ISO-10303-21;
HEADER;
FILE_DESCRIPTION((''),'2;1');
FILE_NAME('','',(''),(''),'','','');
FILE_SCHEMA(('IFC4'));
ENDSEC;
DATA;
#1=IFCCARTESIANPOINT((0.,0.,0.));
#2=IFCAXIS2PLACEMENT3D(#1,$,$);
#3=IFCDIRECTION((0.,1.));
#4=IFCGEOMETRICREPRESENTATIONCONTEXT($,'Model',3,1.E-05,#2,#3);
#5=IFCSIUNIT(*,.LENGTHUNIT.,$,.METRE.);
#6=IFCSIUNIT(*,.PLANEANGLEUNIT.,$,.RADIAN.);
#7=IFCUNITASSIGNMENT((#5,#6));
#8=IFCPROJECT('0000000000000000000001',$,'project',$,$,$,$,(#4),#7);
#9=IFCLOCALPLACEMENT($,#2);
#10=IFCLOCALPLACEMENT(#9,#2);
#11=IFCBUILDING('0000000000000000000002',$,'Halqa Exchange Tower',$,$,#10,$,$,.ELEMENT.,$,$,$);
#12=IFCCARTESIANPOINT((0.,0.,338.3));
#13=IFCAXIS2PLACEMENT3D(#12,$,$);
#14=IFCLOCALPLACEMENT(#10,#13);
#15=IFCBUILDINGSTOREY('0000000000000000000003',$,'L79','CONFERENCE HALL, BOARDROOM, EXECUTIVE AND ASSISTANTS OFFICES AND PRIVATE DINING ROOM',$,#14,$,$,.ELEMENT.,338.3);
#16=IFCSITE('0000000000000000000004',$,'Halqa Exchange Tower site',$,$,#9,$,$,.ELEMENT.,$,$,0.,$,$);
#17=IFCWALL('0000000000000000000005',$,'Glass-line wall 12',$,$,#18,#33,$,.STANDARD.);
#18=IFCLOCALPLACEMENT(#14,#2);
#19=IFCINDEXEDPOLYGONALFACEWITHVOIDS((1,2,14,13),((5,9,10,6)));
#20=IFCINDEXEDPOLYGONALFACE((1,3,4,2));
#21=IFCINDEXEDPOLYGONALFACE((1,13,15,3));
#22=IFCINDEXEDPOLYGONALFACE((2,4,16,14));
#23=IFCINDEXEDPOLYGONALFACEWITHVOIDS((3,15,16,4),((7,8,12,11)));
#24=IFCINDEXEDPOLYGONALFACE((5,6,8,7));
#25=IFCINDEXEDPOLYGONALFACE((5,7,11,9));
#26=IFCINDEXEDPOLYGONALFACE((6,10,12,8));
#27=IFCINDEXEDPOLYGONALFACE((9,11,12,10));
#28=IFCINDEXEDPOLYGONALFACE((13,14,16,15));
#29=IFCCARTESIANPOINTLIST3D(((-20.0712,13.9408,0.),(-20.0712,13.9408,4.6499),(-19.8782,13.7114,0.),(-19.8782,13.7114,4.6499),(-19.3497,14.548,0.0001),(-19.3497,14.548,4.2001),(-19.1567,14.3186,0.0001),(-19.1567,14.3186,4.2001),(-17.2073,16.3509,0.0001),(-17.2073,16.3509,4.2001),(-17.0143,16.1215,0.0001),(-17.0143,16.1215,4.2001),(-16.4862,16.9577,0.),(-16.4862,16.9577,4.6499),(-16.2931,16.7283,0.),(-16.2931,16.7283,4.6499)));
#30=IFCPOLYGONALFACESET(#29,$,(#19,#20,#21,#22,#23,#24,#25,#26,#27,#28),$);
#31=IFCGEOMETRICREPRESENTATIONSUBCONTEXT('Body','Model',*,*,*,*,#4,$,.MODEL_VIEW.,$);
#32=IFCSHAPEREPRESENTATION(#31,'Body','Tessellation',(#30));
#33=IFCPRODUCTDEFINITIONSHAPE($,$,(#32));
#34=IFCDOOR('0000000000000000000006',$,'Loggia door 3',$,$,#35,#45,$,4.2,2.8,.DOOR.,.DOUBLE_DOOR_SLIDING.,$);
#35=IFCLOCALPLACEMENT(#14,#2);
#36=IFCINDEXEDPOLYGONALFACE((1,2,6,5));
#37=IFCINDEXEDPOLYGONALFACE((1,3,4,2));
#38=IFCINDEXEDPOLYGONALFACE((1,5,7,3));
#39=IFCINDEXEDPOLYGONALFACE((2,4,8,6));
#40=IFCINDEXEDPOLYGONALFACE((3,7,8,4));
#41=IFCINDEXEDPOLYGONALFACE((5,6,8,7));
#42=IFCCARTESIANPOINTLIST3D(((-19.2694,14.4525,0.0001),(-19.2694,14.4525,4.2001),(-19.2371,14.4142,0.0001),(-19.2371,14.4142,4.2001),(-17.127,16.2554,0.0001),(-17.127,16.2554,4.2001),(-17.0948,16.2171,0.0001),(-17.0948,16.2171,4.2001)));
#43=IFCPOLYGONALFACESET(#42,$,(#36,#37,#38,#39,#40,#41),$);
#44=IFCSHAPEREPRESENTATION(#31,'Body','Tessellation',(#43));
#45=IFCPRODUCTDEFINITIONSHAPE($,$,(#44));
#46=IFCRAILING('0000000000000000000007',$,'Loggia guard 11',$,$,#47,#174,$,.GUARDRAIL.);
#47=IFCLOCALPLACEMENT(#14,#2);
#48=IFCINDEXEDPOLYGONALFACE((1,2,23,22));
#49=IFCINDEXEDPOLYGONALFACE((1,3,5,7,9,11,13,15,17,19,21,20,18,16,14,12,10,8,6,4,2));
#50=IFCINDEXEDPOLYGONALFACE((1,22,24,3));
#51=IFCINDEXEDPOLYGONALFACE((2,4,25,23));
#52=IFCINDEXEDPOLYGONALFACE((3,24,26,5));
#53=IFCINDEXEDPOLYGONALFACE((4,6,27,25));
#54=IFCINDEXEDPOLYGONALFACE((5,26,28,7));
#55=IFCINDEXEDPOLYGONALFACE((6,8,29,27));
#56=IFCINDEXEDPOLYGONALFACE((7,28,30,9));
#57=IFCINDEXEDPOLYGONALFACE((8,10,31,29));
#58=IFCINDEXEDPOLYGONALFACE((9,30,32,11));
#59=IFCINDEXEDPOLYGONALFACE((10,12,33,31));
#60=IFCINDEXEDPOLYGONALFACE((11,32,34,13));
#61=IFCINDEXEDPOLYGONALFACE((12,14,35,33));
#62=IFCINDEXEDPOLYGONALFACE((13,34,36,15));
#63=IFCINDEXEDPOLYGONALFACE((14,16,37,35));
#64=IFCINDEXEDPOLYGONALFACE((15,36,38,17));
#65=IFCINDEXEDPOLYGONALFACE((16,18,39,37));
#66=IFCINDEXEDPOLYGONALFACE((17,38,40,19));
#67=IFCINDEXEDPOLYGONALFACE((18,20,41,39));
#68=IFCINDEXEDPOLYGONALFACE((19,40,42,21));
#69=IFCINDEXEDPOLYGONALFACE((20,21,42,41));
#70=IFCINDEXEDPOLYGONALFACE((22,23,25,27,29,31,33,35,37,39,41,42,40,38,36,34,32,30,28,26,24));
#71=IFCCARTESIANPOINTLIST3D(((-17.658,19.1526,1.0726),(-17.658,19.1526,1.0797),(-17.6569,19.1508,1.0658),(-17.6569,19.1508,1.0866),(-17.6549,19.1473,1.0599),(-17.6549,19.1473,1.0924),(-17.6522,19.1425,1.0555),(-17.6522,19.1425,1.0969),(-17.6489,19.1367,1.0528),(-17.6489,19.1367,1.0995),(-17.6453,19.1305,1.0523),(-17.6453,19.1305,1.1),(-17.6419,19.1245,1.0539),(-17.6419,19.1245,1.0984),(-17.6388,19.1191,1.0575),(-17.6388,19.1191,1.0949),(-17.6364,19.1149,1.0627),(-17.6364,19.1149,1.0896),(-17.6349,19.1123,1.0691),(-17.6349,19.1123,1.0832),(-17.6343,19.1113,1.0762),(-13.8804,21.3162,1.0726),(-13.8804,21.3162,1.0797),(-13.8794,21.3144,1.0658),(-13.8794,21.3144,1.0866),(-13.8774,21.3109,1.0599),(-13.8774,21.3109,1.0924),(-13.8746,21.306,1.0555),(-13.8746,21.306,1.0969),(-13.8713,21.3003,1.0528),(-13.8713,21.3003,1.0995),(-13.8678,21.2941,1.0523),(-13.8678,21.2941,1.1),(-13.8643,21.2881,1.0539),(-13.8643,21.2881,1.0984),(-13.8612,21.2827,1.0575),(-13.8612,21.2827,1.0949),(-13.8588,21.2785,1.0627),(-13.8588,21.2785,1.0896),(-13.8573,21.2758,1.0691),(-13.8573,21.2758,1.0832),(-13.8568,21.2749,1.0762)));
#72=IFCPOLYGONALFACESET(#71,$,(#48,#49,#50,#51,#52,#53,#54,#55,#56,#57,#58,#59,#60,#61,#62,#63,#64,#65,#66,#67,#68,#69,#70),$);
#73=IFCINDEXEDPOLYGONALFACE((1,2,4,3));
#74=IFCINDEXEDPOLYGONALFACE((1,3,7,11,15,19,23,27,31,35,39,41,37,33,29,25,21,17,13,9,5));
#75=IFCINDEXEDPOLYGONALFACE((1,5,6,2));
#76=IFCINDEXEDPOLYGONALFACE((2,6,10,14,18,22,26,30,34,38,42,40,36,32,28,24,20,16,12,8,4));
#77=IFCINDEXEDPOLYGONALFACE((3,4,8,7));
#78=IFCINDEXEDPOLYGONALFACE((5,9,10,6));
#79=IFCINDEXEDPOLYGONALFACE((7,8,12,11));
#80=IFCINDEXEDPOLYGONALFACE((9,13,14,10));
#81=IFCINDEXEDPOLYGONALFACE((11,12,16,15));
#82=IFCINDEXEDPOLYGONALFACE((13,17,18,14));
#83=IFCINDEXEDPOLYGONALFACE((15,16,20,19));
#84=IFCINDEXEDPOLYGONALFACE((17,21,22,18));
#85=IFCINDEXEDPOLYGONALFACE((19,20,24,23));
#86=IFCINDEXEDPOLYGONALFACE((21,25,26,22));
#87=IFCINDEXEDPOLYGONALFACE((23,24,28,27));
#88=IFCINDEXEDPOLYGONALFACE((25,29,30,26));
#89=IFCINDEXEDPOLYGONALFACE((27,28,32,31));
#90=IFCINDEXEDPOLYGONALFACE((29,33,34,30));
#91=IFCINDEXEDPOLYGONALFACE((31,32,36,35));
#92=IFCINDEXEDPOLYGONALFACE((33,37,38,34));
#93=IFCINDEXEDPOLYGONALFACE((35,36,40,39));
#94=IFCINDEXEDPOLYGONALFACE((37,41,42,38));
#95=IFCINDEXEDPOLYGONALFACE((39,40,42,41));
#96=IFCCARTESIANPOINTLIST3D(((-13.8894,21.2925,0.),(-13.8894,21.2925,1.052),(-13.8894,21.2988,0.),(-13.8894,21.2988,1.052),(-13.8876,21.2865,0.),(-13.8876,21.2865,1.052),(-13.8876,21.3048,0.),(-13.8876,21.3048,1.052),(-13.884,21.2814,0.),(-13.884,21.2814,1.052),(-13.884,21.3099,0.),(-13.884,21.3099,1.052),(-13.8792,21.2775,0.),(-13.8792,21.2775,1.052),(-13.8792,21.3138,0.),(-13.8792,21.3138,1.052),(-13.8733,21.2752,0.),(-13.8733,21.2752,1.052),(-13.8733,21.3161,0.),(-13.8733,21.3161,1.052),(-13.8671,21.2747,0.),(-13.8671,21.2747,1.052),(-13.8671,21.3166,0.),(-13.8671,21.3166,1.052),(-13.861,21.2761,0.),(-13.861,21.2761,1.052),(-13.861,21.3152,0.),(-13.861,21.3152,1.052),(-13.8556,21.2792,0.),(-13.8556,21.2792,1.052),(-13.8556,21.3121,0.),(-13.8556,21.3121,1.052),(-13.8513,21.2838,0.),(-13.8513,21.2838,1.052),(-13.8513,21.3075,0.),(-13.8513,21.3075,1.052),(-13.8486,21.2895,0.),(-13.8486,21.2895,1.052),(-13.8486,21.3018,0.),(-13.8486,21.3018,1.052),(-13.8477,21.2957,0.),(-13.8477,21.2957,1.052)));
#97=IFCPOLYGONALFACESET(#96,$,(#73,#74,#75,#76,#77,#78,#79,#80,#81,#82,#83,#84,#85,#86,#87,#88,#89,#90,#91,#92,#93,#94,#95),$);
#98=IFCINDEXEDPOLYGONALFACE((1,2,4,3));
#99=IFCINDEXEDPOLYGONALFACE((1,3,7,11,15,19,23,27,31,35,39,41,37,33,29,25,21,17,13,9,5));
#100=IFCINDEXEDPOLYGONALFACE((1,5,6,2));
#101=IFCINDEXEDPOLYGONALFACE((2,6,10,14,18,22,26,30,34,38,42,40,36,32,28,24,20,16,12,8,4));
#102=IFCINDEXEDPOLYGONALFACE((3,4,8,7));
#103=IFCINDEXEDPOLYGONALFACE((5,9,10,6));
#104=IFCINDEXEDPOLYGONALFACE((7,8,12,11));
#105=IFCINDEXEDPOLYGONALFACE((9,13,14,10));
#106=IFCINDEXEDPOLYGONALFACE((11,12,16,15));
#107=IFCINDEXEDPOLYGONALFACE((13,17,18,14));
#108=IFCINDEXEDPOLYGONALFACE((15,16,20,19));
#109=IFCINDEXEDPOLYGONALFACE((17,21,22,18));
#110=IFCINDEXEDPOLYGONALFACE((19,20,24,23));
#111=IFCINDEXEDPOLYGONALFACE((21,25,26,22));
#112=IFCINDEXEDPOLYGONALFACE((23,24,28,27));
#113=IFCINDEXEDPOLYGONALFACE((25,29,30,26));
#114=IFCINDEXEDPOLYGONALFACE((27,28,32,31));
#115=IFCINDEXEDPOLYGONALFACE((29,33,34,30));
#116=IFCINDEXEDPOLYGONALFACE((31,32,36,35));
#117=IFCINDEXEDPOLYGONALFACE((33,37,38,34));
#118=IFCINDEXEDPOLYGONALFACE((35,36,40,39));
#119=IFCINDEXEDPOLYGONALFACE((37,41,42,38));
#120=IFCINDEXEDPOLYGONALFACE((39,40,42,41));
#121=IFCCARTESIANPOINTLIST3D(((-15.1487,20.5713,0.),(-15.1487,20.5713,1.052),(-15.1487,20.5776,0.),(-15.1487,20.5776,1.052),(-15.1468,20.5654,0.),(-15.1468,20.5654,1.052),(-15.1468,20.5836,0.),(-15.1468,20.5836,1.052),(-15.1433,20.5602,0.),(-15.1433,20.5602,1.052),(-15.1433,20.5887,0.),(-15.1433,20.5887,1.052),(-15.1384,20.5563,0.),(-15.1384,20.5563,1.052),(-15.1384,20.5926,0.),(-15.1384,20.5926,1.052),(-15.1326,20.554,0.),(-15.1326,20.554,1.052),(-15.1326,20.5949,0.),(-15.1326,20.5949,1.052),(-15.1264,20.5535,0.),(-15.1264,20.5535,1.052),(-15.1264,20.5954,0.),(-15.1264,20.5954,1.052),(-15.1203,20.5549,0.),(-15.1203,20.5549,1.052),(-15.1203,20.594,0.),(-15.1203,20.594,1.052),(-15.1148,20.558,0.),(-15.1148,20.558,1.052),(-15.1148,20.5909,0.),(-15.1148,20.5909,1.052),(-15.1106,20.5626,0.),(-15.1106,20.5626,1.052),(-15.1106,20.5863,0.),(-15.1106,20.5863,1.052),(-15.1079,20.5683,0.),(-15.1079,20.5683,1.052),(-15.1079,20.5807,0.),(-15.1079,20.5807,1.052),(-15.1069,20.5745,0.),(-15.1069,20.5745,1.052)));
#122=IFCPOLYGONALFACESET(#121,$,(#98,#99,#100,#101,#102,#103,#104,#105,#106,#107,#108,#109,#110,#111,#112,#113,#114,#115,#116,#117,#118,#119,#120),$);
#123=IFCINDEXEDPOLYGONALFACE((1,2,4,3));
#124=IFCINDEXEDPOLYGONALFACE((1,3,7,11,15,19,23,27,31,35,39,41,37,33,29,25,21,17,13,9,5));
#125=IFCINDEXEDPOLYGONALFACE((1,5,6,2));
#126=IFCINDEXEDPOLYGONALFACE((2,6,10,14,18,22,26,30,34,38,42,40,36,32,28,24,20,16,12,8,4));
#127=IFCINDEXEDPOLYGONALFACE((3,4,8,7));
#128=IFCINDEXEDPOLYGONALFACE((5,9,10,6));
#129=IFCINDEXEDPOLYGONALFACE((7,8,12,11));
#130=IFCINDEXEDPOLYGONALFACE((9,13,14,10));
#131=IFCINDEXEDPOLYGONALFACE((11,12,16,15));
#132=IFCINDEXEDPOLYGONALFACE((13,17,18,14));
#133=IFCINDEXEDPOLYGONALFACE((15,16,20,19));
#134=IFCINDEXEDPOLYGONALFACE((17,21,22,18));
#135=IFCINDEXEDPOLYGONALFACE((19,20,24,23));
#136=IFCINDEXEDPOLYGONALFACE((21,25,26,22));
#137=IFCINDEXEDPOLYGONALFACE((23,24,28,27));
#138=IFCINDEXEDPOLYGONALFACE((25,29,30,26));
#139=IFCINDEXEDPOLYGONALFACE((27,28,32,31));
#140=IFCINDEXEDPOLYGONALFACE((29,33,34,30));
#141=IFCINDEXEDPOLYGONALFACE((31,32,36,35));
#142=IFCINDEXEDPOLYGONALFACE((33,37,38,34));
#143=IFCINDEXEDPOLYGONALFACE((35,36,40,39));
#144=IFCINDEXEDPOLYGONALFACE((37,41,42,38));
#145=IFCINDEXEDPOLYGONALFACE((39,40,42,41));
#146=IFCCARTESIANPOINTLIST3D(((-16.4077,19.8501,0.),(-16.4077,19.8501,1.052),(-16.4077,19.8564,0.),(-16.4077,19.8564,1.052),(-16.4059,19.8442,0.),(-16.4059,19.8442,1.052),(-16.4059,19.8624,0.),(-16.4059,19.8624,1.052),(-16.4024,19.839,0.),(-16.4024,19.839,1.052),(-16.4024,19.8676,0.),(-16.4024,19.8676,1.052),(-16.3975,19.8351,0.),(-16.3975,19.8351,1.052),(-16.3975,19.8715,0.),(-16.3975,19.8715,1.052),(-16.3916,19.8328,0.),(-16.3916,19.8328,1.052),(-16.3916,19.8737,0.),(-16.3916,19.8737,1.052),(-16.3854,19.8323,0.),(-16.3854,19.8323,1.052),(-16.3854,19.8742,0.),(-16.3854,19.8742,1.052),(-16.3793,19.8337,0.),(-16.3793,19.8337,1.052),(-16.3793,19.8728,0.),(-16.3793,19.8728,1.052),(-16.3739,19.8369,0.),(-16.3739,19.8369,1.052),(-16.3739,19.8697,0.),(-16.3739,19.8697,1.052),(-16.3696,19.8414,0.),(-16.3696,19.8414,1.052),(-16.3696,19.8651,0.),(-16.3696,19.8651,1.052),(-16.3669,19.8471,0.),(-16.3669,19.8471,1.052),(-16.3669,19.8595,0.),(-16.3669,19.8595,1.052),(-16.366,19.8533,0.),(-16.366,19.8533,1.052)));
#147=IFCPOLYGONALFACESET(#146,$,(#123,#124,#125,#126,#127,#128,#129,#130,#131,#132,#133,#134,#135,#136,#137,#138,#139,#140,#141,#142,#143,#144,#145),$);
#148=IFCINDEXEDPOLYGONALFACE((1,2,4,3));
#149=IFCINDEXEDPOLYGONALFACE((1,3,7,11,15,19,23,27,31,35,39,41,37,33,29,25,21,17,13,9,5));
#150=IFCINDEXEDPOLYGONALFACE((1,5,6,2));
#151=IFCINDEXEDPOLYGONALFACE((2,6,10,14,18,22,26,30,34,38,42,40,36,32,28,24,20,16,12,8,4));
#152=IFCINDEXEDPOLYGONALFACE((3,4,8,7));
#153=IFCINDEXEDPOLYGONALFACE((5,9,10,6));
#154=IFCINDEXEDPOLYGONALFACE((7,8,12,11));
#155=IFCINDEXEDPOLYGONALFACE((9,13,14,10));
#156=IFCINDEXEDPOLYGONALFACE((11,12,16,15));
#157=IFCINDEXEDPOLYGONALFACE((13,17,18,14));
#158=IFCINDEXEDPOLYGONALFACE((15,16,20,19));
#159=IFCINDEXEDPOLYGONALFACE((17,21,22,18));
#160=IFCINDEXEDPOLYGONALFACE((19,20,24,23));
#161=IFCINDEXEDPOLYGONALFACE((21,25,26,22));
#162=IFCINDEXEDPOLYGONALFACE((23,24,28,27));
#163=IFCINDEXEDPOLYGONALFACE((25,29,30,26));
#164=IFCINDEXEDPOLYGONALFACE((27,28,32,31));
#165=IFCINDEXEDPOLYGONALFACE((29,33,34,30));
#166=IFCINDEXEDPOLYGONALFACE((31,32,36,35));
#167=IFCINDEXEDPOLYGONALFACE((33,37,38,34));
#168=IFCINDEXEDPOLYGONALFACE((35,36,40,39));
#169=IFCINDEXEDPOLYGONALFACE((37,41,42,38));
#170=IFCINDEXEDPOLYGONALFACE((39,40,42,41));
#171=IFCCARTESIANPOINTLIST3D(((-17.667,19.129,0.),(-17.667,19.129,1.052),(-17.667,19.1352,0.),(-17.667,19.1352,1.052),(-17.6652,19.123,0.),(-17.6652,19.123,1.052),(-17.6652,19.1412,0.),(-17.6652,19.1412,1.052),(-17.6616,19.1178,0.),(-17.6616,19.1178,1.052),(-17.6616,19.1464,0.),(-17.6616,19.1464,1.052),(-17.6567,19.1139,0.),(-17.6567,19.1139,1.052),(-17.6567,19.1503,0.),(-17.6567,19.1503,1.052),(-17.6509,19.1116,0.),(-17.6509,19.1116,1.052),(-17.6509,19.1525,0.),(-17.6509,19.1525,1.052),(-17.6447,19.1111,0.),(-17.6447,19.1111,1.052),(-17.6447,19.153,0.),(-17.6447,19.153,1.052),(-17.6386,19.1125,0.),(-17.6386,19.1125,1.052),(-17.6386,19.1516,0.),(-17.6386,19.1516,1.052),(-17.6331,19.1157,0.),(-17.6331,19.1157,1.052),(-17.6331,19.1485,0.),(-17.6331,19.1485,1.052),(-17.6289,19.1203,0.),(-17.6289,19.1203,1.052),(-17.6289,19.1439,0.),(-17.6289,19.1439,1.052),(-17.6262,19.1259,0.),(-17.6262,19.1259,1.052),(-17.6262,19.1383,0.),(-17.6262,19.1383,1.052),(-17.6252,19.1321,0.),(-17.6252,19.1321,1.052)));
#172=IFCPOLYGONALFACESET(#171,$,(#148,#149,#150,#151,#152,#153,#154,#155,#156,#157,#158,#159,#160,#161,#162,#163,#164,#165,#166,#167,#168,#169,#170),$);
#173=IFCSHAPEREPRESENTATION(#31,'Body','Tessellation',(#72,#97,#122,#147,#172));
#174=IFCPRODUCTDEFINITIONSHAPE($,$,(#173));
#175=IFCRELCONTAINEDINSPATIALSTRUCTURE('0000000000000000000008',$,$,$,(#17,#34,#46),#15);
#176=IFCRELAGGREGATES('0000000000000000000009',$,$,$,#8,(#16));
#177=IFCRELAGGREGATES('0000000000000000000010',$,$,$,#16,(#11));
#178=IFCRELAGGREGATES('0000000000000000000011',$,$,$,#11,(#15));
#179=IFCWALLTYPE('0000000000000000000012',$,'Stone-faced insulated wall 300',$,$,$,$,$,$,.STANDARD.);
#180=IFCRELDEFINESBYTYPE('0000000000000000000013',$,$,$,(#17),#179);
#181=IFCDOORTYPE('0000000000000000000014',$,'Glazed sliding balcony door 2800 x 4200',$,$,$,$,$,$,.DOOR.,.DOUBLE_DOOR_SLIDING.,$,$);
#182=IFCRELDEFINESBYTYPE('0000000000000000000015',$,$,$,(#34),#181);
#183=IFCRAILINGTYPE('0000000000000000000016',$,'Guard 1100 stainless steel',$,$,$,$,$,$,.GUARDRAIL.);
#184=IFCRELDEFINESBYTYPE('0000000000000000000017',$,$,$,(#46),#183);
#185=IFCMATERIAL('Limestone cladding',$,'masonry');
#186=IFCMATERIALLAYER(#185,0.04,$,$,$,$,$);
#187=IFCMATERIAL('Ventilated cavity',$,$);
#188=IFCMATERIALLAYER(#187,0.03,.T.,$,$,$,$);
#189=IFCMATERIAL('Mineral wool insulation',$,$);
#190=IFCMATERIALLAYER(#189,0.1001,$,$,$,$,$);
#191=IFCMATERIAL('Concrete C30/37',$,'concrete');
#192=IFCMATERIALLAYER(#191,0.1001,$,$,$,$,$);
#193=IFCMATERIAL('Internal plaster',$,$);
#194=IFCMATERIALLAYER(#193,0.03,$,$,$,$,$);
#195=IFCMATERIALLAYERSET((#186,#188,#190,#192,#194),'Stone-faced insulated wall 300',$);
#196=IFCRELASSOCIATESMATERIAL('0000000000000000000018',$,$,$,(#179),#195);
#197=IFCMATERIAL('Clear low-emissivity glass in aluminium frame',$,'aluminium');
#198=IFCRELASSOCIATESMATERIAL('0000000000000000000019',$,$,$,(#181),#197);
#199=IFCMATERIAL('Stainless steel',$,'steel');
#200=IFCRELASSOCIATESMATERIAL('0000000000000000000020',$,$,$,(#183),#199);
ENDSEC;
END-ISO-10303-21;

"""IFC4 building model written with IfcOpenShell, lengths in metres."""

from ifc_helpers import new_model, si_unit, direction, frame, frame_2d, origin, origin_2d, place, context, subcontext, project, spatial, polyline, rectangle, circle, outline, extrude, material, layer, layer_set, type_object, element, fill, save


model = new_model("IFC4")

# Units and contexts
model_context = context("Model", 3, precision=1e-05, world=origin(), true_north=direction((0.0, 1.0)))
body_context = subcontext(model_context, "Body", "Model", "MODEL_VIEW")
ifc_project = project(units=[si_unit("LENGTHUNIT", "METRE"), si_unit("PLANEANGLEUNIT", "RADIAN")], contexts=[model_context])

# Site, building, storey
site_placement = place(None, origin())
site = spatial("IfcSite", under=ifc_project, at=site_placement, Name="Halqa Exchange Tower site", CompositionType="ELEMENT", RefElevation=0.0)
building_placement = place(site_placement, origin())
building = spatial("IfcBuilding", under=site, at=building_placement, Name="Halqa Exchange Tower", CompositionType="ELEMENT")
storey_placement = place(building_placement, frame((0.0, 0.0, 338.3)))
storey = spatial("IfcBuildingStorey", under=building, at=storey_placement, Name="L79", Description="CONFERENCE HALL, BOARDROOM, EXECUTIVE AND ASSISTANTS OFFICES AND PRIVATE DINING ROOM", CompositionType="ELEMENT", Elevation=338.3)

# Wall, opening, door
ifc_material_1 = material(Name="Limestone cladding", Category="masonry")
ifc_layer_1 = layer(ifc_material_1, 0.04)
ifc_material_2 = material(Name="Ventilated cavity")
ifc_layer_2 = layer(ifc_material_2, 0.03, ventilated=True)
ifc_material_3 = material(Name="Mineral wool insulation")
ifc_layer_3 = layer(ifc_material_3, 0.1001)
ifc_material_4 = material(Name="Concrete C30/37", Category="concrete")
ifc_layer_4 = layer(ifc_material_4, 0.1001)
ifc_material_5 = material(Name="Internal plaster")
ifc_layer_5 = layer(ifc_material_5, 0.03)
ifc_layer_set_1 = layer_set([ifc_layer_1, ifc_layer_2, ifc_layer_3, ifc_layer_4, ifc_layer_5], Name="Stone-faced insulated wall 300")
wall_type_1 = type_object("IfcWallType", Name="Stone-faced insulated wall 300", PredefinedType="STANDARD", material=ifc_layer_set_1)
wall_1_placement = place(storey_placement, frame((-16.3896, 16.843, 0.0), z_axis=(0.0, 0.0, 1.0), x_axis=(-0.765129, -0.643877, 0.0)))
wall_1 = element("IfcWall", 1, at=wall_1_placement, inside=storey, type_object=wall_type_1, Name="Glass-line wall 12", PredefinedType="STANDARD", context=body_context, shape_type="SweptSolid", body=[
    extrude(outline(polyline([(0.0, -0.1499), (4.6855, -0.1499), (4.6855, 0.1499), (0.0, 0.1499), (0.0, -0.1499)])), origin(), (0.0, 0.0, 1.0), 4.6499),
])
opening_1_placement = place(wall_1_placement, frame((0.9426, 0.0, 0.0)))
opening_1 = element("IfcOpeningElement", 2, at=opening_1_placement, cuts=wall_1, PredefinedType="OPENING", context=body_context, shape_type="SweptSolid", body=[
    extrude(rectangle(XDim=2.8, YDim=4.2, at=frame_2d((1.3999, 2.1001))), frame((0.0, 0.1621, 0.0), z_axis=(0.0, -1.0, 0.0), x_axis=(1.0, 0.0, 0.0)), (0.0, 0.0, 1.0), 0.324),
])
ifc_material_6 = material(Name="Clear low-emissivity glass in aluminium frame", Category="aluminium")
door_type_1 = type_object("IfcDoorType", Name="Glazed sliding balcony door 2800 x 4200", OperationType="DOUBLE_DOOR_SLIDING", PredefinedType="DOOR", material=ifc_material_6)
door_1_placement = place(opening_1_placement, origin())
door_1 = element("IfcDoor", 3, at=door_1_placement, inside=storey, type_object=door_type_1, Name="Loggia door 3", OperationType="DOUBLE_DOOR_SLIDING", OverallHeight=4.2, OverallWidth=2.8, PredefinedType="DOOR", context=body_context, shape_type="SweptSolid", body=[
    extrude(rectangle(XDim=2.8, YDim=4.2, at=frame_2d((1.3999, 2.1001))), frame((0.0, 0.0249, 0.0), z_axis=(0.0, -1.0, 0.0), x_axis=(1.0, 0.0, 0.0)), (0.0, 0.0, 1.0), 0.05),
])
fill(opening_1, door_1)

# Railing
ifc_material_7 = material(Name="Stainless steel", Category="steel")
railing_type = type_object("IfcRailingType", Name="Guard 1100 stainless steel", PredefinedType="GUARDRAIL", material=ifc_material_7)
railing_1_placement = place(storey_placement, frame((-13.8687, 21.2957, 0.0)))
element("IfcRailing", 4, at=railing_1_placement, inside=storey, type_object=railing_type, Name="Loggia guard 11", PredefinedType="GUARDRAIL", context=body_context, shape_type="SweptSolid", body=[
    extrude(circle(Radius=0.0239, at=origin_2d()), frame((0.0, 0.0, 1.0762), z_axis=(-0.867753, -0.496996, 0.0), x_axis=(0.496996, -0.867753, 0.0)), (0.0, 0.0, 1.0), 4.3533),
    extrude(circle(Radius=0.021, at=origin_2d()), origin(), (0.0, 0.0, 1.0), 1.052),
    extrude(circle(Radius=0.021, at=origin_2d()), frame((-1.2593, -0.7212, 0.0)), (0.0, 0.0, 1.0), 1.052),
    extrude(circle(Radius=0.021, at=origin_2d()), frame((-2.5183, -1.4424, 0.0)), (0.0, 0.0, 1.0), 1.052),
    extrude(circle(Radius=0.021, at=origin_2d()), frame((-3.7776, -2.1636, 0.0)), (0.0, 0.0, 1.0), 1.052),
])

save(model, "model.ifc")
